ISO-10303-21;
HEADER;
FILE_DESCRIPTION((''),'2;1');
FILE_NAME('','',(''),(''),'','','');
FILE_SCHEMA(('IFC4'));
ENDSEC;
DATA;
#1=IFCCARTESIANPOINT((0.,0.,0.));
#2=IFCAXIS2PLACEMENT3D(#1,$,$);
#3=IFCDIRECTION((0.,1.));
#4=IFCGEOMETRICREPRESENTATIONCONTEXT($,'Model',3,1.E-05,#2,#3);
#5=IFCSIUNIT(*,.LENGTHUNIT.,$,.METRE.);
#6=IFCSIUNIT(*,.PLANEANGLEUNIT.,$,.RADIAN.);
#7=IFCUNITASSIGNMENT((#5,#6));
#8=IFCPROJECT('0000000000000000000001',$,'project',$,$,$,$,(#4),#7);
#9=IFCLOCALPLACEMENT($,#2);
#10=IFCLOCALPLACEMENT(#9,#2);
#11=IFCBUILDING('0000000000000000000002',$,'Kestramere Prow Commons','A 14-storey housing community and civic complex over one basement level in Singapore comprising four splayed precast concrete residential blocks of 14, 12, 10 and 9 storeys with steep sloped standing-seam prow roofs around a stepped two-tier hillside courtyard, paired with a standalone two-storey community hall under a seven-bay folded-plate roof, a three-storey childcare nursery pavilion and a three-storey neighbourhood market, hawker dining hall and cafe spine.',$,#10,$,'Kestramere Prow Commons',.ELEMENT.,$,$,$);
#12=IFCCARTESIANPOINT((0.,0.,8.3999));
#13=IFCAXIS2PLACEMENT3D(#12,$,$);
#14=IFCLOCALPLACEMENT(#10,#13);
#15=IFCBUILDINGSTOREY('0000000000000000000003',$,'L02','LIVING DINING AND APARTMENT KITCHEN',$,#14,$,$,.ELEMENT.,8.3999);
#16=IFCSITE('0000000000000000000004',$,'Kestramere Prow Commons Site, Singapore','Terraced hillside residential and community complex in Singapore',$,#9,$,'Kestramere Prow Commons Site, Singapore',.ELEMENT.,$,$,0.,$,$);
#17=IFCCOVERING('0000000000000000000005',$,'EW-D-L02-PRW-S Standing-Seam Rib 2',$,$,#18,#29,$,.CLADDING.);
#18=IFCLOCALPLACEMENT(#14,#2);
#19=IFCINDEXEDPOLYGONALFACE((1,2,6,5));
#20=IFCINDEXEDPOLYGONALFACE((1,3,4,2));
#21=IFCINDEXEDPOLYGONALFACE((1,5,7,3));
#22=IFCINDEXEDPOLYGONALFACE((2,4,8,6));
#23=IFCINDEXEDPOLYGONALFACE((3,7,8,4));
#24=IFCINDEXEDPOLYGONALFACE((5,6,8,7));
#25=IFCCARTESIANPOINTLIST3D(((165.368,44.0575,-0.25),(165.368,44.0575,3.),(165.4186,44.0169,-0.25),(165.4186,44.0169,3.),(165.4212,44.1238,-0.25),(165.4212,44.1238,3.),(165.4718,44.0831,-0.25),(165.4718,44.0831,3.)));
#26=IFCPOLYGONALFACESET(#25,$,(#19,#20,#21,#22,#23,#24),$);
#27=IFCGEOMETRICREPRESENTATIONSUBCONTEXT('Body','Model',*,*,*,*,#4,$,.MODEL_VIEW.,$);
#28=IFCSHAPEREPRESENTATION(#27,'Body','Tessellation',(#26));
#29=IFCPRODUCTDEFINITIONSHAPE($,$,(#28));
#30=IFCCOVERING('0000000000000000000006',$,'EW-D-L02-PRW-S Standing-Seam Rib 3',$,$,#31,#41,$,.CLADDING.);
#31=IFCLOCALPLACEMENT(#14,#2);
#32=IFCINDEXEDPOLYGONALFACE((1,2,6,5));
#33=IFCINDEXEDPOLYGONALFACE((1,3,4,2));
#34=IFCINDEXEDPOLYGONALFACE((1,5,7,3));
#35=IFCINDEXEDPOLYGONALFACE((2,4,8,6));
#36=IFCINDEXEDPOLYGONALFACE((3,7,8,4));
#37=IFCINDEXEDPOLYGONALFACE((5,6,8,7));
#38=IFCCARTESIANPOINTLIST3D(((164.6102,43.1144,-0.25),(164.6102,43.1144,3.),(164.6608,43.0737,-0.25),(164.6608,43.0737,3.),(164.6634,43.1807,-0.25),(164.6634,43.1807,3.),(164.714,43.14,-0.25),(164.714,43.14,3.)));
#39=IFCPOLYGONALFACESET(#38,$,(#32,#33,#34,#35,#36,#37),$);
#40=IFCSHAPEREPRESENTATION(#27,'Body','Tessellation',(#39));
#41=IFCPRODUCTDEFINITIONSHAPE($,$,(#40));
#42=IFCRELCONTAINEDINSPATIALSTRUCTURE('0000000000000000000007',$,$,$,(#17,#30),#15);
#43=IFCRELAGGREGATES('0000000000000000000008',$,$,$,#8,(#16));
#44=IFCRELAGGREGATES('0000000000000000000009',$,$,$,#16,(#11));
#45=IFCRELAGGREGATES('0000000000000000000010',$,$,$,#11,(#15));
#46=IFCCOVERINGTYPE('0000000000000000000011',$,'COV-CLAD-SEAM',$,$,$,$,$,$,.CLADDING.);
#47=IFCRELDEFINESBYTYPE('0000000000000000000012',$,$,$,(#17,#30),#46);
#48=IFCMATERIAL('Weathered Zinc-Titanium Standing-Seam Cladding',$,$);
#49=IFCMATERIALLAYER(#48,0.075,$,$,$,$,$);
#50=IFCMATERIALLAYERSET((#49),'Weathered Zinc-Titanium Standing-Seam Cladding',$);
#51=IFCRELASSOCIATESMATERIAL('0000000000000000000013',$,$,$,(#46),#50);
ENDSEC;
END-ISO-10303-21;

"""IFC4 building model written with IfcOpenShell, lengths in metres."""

from ifc_helpers import new_model, si_unit, direction, frame, origin, origin_2d, place, context, subcontext, project, spatial, rectangle, extrude, material, layer, layer_set, type_object, element, save


model = new_model("IFC4")

# Units and contexts
model_context = context("Model", 3, precision=1e-05, world=origin(), true_north=direction((0.0, 1.0)))
body_context = subcontext(model_context, "Body", "Model", "MODEL_VIEW")
ifc_project = project(units=[si_unit("LENGTHUNIT", "METRE"), si_unit("PLANEANGLEUNIT", "RADIAN")], contexts=[model_context])

# Site, building, storey
site_placement = place(None, origin())
site = spatial("IfcSite", under=ifc_project, at=site_placement, Name="Kestramere Prow Commons Site, Singapore", Description="Terraced hillside residential and community complex in Singapore", LongName="Kestramere Prow Commons Site, Singapore", CompositionType="ELEMENT", RefElevation=0.0)
building_placement = place(site_placement, origin())
building = spatial("IfcBuilding", under=site, at=building_placement, Name="Kestramere Prow Commons", Description="A 14-storey housing community and civic complex over one basement level in Singapore comprising four splayed precast concrete residential blocks of 14, 12, 10 and 9 storeys with steep sloped standing-seam prow roofs around a stepped two-tier hillside courtyard, paired with a standalone two-storey community hall under a seven-bay folded-plate roof, a three-storey childcare nursery pavilion and a three-storey neighbourhood market, hawker dining hall and cafe spine.", LongName="Kestramere Prow Commons", CompositionType="ELEMENT")
storey_placement = place(building_placement, frame((0.0, 0.0, 8.3999)))
storey = spatial("IfcBuildingStorey", under=building, at=storey_placement, Name="L02", Description="LIVING DINING AND APARTMENT KITCHEN", CompositionType="ELEMENT", Elevation=8.3999)

# Shared definitions
ifc_material_1 = material(Name="Weathered Zinc-Titanium Standing-Seam Cladding")

# Coverings
ifc_layer_1 = layer(ifc_material_1, 0.075)
ifc_layer_set_1 = layer_set([ifc_layer_1], Name="Weathered Zinc-Titanium Standing-Seam Cladding")
covering_type = type_object("IfcCoveringType", Name="COV-CLAD-SEAM", PredefinedType="CLADDING", material=ifc_layer_set_1)
for number, where, z_axis, x_axis, name in (
    (1, (165.4199, 44.0703, -0.25), (0.0, 0.0, 1.0), (-0.626298, -0.779584, 0.0), "EW-D-L02-PRW-S Standing-Seam Rib 2"),
    (2, (164.6621, 43.1272, -0.25), (0.0, 0.0, 1.0), (-0.626298, -0.779584, 0.0), "EW-D-L02-PRW-S Standing-Seam Rib 3"),
):
    element("IfcCovering", number, at=place(storey_placement, frame(where, z_axis=z_axis, x_axis=x_axis)), inside=storey, type_object=covering_type, Name=name, PredefinedType="CLADDING", context=body_context, shape_type="SweptSolid", body=[
        extrude(rectangle(XDim=0.085, YDim=0.0649, at=origin_2d()), origin(), (0.0, 0.0, 1.0), 3.25),
    ])

save(model, "model.ifc")
